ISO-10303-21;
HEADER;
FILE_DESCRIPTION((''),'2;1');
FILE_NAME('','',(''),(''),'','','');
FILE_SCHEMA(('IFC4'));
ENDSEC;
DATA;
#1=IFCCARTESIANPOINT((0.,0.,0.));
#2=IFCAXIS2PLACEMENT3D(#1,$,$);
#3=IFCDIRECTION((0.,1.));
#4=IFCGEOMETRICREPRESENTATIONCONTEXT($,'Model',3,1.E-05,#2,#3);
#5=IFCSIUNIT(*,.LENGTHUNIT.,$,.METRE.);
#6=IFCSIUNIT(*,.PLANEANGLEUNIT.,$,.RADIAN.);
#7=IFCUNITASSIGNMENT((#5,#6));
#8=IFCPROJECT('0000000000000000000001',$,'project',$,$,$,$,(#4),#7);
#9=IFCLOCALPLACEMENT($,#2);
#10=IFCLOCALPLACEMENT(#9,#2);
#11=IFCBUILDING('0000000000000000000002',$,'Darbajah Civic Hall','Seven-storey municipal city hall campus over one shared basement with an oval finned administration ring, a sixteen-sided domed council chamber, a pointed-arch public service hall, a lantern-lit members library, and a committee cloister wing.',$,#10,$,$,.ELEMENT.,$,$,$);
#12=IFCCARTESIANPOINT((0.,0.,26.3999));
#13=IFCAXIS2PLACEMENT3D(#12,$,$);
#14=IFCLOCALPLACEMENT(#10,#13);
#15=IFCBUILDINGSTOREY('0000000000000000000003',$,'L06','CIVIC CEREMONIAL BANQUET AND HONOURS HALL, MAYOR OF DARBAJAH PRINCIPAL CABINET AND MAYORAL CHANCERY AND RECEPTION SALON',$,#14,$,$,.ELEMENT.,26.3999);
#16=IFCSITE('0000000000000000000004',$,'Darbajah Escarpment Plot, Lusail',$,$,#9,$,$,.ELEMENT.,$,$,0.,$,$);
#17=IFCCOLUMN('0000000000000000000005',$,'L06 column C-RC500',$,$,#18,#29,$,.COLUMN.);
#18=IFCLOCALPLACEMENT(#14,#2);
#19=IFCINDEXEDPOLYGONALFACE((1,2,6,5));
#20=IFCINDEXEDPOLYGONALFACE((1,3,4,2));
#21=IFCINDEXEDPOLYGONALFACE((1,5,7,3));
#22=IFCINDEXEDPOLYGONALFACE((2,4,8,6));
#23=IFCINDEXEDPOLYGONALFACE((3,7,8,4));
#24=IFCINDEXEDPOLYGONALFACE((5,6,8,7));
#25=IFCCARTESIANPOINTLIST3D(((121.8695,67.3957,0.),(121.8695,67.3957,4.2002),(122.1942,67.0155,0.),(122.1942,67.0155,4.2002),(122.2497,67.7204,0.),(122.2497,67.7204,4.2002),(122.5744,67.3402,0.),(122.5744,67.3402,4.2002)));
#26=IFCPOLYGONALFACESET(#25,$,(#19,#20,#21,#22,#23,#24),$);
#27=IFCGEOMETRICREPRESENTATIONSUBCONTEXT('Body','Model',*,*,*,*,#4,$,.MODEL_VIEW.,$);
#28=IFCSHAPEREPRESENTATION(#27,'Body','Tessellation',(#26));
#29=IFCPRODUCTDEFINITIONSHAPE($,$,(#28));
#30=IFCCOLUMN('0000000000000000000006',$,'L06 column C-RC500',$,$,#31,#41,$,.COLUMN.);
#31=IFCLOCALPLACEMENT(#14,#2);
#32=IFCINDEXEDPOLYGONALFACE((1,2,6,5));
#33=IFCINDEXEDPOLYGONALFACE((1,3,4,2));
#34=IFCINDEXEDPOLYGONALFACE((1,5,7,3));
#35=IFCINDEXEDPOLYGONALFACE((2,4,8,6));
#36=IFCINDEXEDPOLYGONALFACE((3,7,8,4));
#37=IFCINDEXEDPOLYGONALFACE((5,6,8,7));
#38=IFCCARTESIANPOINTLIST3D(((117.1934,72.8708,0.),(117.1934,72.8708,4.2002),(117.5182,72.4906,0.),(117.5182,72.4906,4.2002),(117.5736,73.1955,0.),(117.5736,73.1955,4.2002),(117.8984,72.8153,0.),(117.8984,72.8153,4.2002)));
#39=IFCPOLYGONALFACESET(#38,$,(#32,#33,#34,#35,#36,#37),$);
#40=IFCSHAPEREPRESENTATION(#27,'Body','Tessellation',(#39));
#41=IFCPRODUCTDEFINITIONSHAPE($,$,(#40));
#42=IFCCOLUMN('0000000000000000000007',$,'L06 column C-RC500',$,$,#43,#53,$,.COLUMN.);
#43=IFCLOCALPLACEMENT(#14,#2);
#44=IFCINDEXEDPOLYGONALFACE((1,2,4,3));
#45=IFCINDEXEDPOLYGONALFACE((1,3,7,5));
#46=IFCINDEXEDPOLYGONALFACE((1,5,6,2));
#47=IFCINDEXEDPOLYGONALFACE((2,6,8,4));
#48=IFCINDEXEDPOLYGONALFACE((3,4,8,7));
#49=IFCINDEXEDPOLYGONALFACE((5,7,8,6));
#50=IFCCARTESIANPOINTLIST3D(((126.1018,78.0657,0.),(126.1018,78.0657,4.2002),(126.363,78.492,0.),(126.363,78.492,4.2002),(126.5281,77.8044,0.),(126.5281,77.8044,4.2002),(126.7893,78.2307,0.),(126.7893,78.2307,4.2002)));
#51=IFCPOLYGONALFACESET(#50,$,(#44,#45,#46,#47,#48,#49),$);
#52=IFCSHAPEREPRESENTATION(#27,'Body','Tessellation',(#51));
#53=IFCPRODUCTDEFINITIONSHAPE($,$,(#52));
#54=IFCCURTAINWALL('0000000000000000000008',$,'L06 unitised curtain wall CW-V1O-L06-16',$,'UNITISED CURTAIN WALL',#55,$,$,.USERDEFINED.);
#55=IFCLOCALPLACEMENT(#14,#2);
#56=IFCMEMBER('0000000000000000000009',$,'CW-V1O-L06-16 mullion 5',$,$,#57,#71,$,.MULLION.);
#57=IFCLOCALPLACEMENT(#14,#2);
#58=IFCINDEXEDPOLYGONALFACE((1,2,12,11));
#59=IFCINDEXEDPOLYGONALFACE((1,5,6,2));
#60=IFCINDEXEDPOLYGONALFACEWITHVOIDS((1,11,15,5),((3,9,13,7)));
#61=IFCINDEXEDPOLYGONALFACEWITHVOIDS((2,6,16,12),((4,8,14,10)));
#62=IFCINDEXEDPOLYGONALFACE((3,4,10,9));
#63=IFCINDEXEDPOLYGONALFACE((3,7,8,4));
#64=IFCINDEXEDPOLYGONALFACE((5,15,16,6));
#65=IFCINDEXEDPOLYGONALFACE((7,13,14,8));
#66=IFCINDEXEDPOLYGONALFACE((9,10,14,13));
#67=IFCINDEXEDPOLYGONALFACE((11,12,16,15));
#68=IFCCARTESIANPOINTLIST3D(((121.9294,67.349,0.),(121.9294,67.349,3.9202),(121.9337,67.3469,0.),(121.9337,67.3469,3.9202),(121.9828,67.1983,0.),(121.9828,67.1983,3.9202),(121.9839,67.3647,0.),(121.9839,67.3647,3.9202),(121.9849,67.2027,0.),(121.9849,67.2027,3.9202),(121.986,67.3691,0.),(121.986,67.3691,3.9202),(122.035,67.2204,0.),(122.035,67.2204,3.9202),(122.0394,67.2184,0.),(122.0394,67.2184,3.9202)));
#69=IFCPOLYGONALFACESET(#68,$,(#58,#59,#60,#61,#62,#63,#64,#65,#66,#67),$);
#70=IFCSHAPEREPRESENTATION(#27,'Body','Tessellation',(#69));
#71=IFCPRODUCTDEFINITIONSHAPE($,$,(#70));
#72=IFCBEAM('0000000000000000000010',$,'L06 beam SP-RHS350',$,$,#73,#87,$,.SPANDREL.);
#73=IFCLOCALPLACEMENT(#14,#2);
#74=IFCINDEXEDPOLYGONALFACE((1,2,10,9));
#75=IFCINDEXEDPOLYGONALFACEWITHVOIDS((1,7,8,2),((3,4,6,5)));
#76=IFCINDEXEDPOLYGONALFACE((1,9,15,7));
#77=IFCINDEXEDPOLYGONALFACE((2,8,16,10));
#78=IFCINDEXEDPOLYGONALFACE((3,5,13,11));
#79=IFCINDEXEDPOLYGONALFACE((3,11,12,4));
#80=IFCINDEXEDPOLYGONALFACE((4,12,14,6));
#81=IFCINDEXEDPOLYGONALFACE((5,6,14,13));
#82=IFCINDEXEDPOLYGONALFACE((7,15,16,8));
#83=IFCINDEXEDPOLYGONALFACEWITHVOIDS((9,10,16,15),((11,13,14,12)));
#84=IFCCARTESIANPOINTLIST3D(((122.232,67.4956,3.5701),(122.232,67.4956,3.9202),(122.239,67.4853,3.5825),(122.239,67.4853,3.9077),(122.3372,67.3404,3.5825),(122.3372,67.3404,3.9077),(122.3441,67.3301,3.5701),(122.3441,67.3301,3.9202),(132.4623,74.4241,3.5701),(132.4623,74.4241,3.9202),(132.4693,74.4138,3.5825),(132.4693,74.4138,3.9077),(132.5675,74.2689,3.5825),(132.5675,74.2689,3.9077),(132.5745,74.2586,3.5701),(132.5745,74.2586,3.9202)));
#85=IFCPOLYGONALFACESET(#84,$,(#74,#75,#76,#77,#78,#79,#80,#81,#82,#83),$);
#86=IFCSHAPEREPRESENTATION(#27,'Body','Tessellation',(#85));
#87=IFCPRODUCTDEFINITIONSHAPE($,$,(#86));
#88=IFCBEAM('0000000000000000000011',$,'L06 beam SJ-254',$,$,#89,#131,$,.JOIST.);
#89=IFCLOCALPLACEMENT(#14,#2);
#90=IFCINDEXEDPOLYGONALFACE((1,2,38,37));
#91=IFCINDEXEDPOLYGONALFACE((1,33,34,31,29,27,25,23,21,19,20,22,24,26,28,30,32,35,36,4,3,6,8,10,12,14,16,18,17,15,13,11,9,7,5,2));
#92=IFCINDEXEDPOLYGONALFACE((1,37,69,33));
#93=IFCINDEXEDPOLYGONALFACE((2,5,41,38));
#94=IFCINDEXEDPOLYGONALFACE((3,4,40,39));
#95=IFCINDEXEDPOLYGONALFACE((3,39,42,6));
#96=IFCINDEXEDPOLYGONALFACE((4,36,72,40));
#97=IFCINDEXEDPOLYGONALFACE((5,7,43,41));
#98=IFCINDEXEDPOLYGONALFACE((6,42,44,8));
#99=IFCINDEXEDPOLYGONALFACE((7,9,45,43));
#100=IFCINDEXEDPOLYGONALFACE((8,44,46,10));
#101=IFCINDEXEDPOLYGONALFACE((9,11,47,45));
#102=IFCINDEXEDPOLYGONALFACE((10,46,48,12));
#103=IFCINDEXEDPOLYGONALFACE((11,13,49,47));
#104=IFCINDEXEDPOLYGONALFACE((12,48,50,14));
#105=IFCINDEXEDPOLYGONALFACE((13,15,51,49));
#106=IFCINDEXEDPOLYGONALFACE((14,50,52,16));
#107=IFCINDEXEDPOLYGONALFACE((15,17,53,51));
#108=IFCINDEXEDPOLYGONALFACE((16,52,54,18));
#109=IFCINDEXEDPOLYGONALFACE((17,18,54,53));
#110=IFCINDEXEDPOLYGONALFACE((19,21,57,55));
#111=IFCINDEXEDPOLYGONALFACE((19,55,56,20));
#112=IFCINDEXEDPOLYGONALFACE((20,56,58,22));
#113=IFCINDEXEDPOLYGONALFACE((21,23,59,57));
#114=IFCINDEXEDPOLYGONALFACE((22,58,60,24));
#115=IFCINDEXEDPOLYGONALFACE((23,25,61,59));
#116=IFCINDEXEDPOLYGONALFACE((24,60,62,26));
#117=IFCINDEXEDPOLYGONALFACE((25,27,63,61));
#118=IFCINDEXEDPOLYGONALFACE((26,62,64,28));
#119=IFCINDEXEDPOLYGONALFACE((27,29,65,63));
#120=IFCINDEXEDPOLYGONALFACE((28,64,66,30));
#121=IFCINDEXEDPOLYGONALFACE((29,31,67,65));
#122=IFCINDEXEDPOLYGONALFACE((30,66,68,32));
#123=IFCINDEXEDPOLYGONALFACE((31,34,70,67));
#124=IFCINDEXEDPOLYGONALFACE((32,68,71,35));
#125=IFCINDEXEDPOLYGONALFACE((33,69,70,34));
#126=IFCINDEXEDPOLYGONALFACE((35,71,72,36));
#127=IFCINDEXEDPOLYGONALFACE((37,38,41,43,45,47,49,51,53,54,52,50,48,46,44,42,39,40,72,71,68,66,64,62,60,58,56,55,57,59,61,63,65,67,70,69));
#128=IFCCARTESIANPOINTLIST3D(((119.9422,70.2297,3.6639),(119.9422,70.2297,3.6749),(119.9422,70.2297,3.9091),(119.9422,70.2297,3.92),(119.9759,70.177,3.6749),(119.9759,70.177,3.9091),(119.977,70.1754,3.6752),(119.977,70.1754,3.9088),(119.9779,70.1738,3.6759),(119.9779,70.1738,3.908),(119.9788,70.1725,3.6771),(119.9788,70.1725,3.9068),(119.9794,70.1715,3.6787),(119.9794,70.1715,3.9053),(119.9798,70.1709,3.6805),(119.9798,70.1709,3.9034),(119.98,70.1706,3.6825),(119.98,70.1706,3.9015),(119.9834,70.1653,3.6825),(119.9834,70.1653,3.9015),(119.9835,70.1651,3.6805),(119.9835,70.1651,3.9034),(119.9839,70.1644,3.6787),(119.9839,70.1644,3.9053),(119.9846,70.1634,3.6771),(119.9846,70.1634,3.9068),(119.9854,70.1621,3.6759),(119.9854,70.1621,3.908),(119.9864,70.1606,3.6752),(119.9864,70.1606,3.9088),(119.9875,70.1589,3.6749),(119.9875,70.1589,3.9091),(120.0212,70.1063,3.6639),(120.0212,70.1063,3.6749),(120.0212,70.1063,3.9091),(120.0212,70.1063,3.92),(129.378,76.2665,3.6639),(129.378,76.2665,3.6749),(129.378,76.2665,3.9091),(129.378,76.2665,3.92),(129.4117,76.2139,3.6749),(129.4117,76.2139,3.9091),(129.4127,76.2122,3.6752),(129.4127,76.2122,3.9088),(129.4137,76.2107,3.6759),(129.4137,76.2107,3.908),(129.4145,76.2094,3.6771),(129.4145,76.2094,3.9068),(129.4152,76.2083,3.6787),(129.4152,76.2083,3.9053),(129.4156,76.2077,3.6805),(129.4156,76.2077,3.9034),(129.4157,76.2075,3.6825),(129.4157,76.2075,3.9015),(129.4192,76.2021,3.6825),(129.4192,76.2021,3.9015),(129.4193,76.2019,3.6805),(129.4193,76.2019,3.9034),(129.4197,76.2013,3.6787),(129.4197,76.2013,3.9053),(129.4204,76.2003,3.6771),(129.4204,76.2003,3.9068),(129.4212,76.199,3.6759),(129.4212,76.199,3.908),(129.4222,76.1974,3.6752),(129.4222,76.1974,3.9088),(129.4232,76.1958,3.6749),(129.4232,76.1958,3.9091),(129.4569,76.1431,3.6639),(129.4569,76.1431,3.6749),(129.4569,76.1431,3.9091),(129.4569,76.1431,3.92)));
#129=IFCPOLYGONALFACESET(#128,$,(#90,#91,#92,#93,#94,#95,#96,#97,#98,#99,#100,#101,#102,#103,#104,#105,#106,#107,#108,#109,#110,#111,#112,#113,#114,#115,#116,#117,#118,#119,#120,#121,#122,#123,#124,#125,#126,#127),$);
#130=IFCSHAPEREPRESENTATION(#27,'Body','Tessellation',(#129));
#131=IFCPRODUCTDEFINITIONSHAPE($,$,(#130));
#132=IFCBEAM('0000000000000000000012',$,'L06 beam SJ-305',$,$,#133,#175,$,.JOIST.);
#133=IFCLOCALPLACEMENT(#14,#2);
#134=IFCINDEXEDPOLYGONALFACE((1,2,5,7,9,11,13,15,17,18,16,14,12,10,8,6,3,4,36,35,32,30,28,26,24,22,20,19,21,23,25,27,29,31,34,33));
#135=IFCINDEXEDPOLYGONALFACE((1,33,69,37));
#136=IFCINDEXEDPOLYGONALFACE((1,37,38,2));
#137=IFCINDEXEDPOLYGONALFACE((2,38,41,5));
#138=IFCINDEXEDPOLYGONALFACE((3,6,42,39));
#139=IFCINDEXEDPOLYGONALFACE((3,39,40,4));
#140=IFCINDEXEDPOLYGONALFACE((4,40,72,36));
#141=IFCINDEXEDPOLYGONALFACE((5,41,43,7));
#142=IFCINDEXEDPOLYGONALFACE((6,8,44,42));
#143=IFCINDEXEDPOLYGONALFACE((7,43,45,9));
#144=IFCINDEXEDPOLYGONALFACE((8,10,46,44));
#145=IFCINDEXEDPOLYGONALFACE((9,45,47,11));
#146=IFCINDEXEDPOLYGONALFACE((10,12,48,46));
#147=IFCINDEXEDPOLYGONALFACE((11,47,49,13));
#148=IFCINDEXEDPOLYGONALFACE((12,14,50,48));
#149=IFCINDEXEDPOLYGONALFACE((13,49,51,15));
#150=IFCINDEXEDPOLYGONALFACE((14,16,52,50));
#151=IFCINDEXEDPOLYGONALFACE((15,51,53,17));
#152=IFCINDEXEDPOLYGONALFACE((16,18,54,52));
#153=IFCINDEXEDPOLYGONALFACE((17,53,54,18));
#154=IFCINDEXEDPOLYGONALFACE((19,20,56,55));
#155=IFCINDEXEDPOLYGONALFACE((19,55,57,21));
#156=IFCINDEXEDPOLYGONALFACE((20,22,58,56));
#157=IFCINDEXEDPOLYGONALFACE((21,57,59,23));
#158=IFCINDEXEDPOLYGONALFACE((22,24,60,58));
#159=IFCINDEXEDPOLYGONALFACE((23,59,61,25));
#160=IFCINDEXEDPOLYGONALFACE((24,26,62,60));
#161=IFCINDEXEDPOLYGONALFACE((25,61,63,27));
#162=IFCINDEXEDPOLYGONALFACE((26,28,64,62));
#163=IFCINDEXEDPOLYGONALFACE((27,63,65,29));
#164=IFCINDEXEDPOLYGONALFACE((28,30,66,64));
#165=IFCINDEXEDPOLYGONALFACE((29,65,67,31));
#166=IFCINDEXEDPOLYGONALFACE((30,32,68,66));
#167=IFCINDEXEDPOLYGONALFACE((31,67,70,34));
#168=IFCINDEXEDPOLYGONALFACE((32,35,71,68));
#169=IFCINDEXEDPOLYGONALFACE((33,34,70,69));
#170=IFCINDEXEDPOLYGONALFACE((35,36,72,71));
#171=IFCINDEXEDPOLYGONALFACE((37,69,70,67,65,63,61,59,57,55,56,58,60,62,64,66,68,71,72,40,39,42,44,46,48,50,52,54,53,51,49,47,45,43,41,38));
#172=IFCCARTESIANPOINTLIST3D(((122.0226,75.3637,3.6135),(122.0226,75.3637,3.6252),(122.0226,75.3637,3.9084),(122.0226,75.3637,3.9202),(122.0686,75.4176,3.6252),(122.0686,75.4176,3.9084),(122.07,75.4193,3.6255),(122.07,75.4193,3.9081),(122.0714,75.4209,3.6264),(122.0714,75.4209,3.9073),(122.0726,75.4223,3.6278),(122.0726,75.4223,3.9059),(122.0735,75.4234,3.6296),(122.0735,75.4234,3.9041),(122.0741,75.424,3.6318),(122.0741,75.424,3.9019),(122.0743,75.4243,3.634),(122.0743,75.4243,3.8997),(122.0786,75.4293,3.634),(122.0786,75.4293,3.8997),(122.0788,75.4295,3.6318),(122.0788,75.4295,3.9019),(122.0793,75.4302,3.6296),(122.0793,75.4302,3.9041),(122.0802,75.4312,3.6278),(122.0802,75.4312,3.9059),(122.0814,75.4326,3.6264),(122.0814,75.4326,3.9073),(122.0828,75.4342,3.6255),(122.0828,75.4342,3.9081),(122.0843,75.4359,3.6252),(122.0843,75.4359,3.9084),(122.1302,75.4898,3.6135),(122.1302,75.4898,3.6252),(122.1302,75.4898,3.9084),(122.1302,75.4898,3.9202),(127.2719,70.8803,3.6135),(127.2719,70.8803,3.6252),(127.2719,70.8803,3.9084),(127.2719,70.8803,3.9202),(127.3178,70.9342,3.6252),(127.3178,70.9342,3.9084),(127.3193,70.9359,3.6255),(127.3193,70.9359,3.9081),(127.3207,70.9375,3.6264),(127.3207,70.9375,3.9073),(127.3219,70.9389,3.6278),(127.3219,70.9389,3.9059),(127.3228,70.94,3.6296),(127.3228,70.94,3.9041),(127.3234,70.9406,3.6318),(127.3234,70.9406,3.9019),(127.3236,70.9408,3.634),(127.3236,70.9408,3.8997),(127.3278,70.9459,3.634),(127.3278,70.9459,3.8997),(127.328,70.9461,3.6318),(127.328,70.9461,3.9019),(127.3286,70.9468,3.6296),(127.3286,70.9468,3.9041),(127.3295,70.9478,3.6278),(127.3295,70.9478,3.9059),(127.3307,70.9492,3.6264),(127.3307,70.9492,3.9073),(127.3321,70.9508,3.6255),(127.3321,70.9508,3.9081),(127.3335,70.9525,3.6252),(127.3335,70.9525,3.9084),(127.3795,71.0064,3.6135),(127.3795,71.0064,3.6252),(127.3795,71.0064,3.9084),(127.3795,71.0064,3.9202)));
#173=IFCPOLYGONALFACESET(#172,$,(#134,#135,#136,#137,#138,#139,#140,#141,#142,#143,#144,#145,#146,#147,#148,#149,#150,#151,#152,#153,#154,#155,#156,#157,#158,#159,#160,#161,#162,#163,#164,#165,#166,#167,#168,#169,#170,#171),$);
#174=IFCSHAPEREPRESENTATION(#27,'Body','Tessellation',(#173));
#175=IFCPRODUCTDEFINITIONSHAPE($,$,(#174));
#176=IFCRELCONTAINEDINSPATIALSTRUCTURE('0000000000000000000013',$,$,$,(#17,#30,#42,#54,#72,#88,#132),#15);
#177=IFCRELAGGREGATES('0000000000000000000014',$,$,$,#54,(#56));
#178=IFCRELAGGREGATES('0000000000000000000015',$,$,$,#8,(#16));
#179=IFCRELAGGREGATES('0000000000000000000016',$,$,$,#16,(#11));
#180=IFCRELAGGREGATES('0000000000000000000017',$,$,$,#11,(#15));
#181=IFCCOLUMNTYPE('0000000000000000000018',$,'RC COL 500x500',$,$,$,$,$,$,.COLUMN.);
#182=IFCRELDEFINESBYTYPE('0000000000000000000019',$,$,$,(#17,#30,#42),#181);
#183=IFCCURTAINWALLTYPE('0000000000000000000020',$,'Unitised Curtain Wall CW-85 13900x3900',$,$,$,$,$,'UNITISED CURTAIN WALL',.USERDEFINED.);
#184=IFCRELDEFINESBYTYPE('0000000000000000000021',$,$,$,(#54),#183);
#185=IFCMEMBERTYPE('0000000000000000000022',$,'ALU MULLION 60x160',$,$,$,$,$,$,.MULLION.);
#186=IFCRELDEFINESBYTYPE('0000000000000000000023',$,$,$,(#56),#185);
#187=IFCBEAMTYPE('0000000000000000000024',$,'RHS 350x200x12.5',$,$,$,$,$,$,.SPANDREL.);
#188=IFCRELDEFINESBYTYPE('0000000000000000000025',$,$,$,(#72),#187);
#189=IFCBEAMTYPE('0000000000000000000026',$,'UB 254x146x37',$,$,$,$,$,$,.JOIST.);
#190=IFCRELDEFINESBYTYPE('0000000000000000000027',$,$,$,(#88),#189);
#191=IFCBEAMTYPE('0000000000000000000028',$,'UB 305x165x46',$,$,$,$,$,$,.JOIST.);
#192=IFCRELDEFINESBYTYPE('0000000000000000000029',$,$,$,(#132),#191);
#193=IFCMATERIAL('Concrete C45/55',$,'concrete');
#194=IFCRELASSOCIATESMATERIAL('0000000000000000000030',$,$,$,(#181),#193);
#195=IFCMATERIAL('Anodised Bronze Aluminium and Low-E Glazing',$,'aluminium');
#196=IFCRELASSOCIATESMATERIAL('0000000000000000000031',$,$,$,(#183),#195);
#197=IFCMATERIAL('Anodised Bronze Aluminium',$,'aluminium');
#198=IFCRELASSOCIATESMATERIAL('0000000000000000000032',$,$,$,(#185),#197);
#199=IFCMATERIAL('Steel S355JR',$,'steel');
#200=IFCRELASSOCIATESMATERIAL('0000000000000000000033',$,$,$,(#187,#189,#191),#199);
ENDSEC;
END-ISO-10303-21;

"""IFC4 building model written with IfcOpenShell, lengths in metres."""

from ifc_helpers import new_model, si_unit, direction, frame, origin, origin_2d, place, context, subcontext, project, spatial, rectangle, hollow_rectangle, i_section, extrude, material, material_profile, profile_set, type_object, element, aggregate, save


model = new_model("IFC4")

# Units and contexts
model_context = context("Model", 3, precision=1e-05, world=origin(), true_north=direction((0.0, 1.0)))
body_context = subcontext(model_context, "Body", "Model", "MODEL_VIEW")
ifc_project = project(units=[si_unit("LENGTHUNIT", "METRE"), si_unit("PLANEANGLEUNIT", "RADIAN")], contexts=[model_context])

# Site, building, storey
site_placement = place(None, origin())
site = spatial("IfcSite", under=ifc_project, at=site_placement, Name="Darbajah Escarpment Plot, Lusail", CompositionType="ELEMENT", RefElevation=0.0)
building_placement = place(site_placement, origin())
building = spatial("IfcBuilding", under=site, at=building_placement, Name="Darbajah Civic Hall", Description="Seven-storey municipal city hall campus over one shared basement with an oval finned administration ring, a sixteen-sided domed council chamber, a pointed-arch public service hall, a lantern-lit members library, and a committee cloister wing.", CompositionType="ELEMENT")
storey_placement = place(building_placement, frame((0.0, 0.0, 26.3999)))
storey = spatial("IfcBuildingStorey", under=building, at=storey_placement, Name="L06", Description="CIVIC CEREMONIAL BANQUET AND HONOURS HALL, MAYOR OF DARBAJAH PRINCIPAL CABINET AND MAYORAL CHANCERY AND RECEPTION SALON", CompositionType="ELEMENT", Elevation=26.3999)

# Columns
ifc_material_1 = material(Name="Concrete C45/55", Category="concrete")
ifc_material_profile_1 = material_profile(ifc_material_1, rectangle(XDim=0.5, YDim=0.5, at=origin_2d()), Name="RC COL 500x500")
ifc_profile_set_1 = profile_set([ifc_material_profile_1], Name="Concrete C45/55")
column_type = type_object("IfcColumnType", Name="RC COL 500x500", PredefinedType="COLUMN", material=ifc_profile_set_1)
for number, where, z_axis, x_axis, name in (
    (1, (122.2219, 67.3679, 0.0), (0.0, 0.0, 1.0), (0.649448, -0.760406, 0.0), "L06 column C-RC500"),
    (2, (117.5459, 72.843, 0.0), (0.0, 0.0, 1.0), (0.649448, -0.760406, 0.0), "L06 column C-RC500"),
    (3, (126.4456, 78.1482, 0.0), (0.0, 0.0, 1.0), (0.85264, -0.522499, 0.0), "L06 column C-RC500"),
):
    element("IfcColumn", number, at=place(storey_placement, frame(where, z_axis=z_axis, x_axis=x_axis)), inside=storey, type_object=column_type, Name=name, PredefinedType="COLUMN", context=body_context, shape_type="SweptSolid", body=[
        extrude(rectangle(XDim=0.5, YDim=0.5, at=origin_2d()), origin(), (0.0, 0.0, 1.0), 4.2002),
    ])

# Curtain wall, member
ifc_material_2 = material(Name="Anodised Bronze Aluminium and Low-E Glazing", Category="aluminium")
curtain_wall_type = type_object("IfcCurtainWallType", Name="Unitised Curtain Wall CW-85 13900x3900", ElementType="UNITISED CURTAIN WALL", PredefinedType="USERDEFINED", material=ifc_material_2)
curtain_wall_placement = place(storey_placement, origin())
curtain_wall = element("IfcCurtainWall", 4, at=curtain_wall_placement, inside=storey, type_object=curtain_wall_type, Name="L06 unitised curtain wall CW-V1O-L06-16", ObjectType="UNITISED CURTAIN WALL", PredefinedType="USERDEFINED")
ifc_material_3 = material(Name="Anodised Bronze Aluminium", Category="aluminium")
ifc_material_profile_2 = material_profile(ifc_material_3, hollow_rectangle(XDim=0.0601, YDim=0.1599, WallThickness=0.0034, at=origin_2d()), Name="ALU MULLION 60x160")
ifc_profile_set_2 = profile_set([ifc_material_profile_2], Name="Anodised Bronze Aluminium")
member_type = type_object("IfcMemberType", Name="ALU MULLION 60x160", PredefinedType="MULLION", material=ifc_profile_set_2)
member_placement = place(storey_placement, frame((121.9844, 67.2837, 0.0), z_axis=(0.0, 0.0, 1.0), x_axis=(0.942525, 0.334136, 0.0)))
member = element("IfcMember", 5, at=member_placement, type_object=member_type, Name="CW-V1O-L06-16 mullion 5", PredefinedType="MULLION", context=body_context, shape_type="SweptSolid", body=[
    extrude(hollow_rectangle(XDim=0.0601, YDim=0.1599, WallThickness=0.0034, at=origin_2d()), origin(), (0.0, 0.0, 1.0), 3.9202),
])

# Beams
ifc_material_4 = material(Name="Steel S355JR", Category="steel")
ifc_material_profile_3 = material_profile(ifc_material_4, hollow_rectangle(XDim=0.2, YDim=0.3501, WallThickness=0.0125, at=origin_2d()), Name="RHS 350x200x12.5")
ifc_profile_set_3 = profile_set([ifc_material_profile_3], Name="Steel S355JR")
beam_type_1 = type_object("IfcBeamType", Name="RHS 350x200x12.5", PredefinedType="SPANDREL", material=ifc_profile_set_3)
beam_1_placement = place(storey_placement, frame((122.2881, 67.4128, 3.7451), z_axis=(0.827982, 0.560755, 0.0), x_axis=(-0.560755, 0.827982, 0.0)))
element("IfcBeam", 6, at=beam_1_placement, inside=storey, type_object=beam_type_1, Name="L06 beam SP-RHS350", PredefinedType="SPANDREL", context=body_context, shape_type="SweptSolid", body=[
    extrude(hollow_rectangle(XDim=0.2, YDim=0.3501, WallThickness=0.0125, at=origin_2d()), origin(), (0.0, 0.0, 1.0), 12.3557),
])
ifc_material_profile_4 = material_profile(ifc_material_4, i_section(OverallWidth=0.1465, OverallDepth=0.2561, WebThickness=0.0063, FlangeThickness=0.011, FilletRadius=0.0076, at=origin_2d()), Name="UB 254x146x37")
ifc_profile_set_4 = profile_set([ifc_material_profile_4], Name="Steel S355JR")
beam_type_2 = type_object("IfcBeamType", Name="UB 254x146x37", PredefinedType="JOIST", material=ifc_profile_set_4)
beam_2_placement = place(storey_placement, frame((119.9817, 70.168, 3.792), z_axis=(0.842354, 0.538924, 0.0), x_axis=(-0.538924, 0.842354, 0.0)))
element("IfcBeam", 7, at=beam_2_placement, inside=storey, type_object=beam_type_2, Name="L06 beam SJ-254", PredefinedType="JOIST", context=body_context, shape_type="SweptSolid", body=[
    extrude(i_section(OverallWidth=0.1465, OverallDepth=0.2561, WebThickness=0.0063, FlangeThickness=0.011, FilletRadius=0.0076, at=origin_2d()), origin(), (0.0, 0.0, 1.0), 11.2017),
])
ifc_material_profile_5 = material_profile(ifc_material_4, i_section(OverallWidth=0.1658, OverallDepth=0.3066, WebThickness=0.0066, FlangeThickness=0.0117, FilletRadius=0.0088, at=origin_2d()), Name="UB 305x165x46")
ifc_profile_set_5 = profile_set([ifc_material_profile_5], Name="Steel S355JR")
beam_type_3 = type_object("IfcBeamType", Name="UB 305x165x46", PredefinedType="JOIST", material=ifc_profile_set_5)
beam_3_placement = place(storey_placement, frame((122.0764, 75.4268, 3.7668), z_axis=(0.760399, -0.649456, 0.0), x_axis=(0.649456, 0.760399, 0.0)))
element("IfcBeam", 8, at=beam_3_placement, inside=storey, type_object=beam_type_3, Name="L06 beam SJ-305", PredefinedType="JOIST", context=body_context, shape_type="SweptSolid", body=[
    extrude(i_section(OverallWidth=0.1658, OverallDepth=0.3066, WebThickness=0.0066, FlangeThickness=0.0117, FilletRadius=0.0088, at=origin_2d()), origin(), (0.0, 0.0, 1.0), 6.9033),
])

aggregate(curtain_wall, [member])

save(model, "model.ifc")
